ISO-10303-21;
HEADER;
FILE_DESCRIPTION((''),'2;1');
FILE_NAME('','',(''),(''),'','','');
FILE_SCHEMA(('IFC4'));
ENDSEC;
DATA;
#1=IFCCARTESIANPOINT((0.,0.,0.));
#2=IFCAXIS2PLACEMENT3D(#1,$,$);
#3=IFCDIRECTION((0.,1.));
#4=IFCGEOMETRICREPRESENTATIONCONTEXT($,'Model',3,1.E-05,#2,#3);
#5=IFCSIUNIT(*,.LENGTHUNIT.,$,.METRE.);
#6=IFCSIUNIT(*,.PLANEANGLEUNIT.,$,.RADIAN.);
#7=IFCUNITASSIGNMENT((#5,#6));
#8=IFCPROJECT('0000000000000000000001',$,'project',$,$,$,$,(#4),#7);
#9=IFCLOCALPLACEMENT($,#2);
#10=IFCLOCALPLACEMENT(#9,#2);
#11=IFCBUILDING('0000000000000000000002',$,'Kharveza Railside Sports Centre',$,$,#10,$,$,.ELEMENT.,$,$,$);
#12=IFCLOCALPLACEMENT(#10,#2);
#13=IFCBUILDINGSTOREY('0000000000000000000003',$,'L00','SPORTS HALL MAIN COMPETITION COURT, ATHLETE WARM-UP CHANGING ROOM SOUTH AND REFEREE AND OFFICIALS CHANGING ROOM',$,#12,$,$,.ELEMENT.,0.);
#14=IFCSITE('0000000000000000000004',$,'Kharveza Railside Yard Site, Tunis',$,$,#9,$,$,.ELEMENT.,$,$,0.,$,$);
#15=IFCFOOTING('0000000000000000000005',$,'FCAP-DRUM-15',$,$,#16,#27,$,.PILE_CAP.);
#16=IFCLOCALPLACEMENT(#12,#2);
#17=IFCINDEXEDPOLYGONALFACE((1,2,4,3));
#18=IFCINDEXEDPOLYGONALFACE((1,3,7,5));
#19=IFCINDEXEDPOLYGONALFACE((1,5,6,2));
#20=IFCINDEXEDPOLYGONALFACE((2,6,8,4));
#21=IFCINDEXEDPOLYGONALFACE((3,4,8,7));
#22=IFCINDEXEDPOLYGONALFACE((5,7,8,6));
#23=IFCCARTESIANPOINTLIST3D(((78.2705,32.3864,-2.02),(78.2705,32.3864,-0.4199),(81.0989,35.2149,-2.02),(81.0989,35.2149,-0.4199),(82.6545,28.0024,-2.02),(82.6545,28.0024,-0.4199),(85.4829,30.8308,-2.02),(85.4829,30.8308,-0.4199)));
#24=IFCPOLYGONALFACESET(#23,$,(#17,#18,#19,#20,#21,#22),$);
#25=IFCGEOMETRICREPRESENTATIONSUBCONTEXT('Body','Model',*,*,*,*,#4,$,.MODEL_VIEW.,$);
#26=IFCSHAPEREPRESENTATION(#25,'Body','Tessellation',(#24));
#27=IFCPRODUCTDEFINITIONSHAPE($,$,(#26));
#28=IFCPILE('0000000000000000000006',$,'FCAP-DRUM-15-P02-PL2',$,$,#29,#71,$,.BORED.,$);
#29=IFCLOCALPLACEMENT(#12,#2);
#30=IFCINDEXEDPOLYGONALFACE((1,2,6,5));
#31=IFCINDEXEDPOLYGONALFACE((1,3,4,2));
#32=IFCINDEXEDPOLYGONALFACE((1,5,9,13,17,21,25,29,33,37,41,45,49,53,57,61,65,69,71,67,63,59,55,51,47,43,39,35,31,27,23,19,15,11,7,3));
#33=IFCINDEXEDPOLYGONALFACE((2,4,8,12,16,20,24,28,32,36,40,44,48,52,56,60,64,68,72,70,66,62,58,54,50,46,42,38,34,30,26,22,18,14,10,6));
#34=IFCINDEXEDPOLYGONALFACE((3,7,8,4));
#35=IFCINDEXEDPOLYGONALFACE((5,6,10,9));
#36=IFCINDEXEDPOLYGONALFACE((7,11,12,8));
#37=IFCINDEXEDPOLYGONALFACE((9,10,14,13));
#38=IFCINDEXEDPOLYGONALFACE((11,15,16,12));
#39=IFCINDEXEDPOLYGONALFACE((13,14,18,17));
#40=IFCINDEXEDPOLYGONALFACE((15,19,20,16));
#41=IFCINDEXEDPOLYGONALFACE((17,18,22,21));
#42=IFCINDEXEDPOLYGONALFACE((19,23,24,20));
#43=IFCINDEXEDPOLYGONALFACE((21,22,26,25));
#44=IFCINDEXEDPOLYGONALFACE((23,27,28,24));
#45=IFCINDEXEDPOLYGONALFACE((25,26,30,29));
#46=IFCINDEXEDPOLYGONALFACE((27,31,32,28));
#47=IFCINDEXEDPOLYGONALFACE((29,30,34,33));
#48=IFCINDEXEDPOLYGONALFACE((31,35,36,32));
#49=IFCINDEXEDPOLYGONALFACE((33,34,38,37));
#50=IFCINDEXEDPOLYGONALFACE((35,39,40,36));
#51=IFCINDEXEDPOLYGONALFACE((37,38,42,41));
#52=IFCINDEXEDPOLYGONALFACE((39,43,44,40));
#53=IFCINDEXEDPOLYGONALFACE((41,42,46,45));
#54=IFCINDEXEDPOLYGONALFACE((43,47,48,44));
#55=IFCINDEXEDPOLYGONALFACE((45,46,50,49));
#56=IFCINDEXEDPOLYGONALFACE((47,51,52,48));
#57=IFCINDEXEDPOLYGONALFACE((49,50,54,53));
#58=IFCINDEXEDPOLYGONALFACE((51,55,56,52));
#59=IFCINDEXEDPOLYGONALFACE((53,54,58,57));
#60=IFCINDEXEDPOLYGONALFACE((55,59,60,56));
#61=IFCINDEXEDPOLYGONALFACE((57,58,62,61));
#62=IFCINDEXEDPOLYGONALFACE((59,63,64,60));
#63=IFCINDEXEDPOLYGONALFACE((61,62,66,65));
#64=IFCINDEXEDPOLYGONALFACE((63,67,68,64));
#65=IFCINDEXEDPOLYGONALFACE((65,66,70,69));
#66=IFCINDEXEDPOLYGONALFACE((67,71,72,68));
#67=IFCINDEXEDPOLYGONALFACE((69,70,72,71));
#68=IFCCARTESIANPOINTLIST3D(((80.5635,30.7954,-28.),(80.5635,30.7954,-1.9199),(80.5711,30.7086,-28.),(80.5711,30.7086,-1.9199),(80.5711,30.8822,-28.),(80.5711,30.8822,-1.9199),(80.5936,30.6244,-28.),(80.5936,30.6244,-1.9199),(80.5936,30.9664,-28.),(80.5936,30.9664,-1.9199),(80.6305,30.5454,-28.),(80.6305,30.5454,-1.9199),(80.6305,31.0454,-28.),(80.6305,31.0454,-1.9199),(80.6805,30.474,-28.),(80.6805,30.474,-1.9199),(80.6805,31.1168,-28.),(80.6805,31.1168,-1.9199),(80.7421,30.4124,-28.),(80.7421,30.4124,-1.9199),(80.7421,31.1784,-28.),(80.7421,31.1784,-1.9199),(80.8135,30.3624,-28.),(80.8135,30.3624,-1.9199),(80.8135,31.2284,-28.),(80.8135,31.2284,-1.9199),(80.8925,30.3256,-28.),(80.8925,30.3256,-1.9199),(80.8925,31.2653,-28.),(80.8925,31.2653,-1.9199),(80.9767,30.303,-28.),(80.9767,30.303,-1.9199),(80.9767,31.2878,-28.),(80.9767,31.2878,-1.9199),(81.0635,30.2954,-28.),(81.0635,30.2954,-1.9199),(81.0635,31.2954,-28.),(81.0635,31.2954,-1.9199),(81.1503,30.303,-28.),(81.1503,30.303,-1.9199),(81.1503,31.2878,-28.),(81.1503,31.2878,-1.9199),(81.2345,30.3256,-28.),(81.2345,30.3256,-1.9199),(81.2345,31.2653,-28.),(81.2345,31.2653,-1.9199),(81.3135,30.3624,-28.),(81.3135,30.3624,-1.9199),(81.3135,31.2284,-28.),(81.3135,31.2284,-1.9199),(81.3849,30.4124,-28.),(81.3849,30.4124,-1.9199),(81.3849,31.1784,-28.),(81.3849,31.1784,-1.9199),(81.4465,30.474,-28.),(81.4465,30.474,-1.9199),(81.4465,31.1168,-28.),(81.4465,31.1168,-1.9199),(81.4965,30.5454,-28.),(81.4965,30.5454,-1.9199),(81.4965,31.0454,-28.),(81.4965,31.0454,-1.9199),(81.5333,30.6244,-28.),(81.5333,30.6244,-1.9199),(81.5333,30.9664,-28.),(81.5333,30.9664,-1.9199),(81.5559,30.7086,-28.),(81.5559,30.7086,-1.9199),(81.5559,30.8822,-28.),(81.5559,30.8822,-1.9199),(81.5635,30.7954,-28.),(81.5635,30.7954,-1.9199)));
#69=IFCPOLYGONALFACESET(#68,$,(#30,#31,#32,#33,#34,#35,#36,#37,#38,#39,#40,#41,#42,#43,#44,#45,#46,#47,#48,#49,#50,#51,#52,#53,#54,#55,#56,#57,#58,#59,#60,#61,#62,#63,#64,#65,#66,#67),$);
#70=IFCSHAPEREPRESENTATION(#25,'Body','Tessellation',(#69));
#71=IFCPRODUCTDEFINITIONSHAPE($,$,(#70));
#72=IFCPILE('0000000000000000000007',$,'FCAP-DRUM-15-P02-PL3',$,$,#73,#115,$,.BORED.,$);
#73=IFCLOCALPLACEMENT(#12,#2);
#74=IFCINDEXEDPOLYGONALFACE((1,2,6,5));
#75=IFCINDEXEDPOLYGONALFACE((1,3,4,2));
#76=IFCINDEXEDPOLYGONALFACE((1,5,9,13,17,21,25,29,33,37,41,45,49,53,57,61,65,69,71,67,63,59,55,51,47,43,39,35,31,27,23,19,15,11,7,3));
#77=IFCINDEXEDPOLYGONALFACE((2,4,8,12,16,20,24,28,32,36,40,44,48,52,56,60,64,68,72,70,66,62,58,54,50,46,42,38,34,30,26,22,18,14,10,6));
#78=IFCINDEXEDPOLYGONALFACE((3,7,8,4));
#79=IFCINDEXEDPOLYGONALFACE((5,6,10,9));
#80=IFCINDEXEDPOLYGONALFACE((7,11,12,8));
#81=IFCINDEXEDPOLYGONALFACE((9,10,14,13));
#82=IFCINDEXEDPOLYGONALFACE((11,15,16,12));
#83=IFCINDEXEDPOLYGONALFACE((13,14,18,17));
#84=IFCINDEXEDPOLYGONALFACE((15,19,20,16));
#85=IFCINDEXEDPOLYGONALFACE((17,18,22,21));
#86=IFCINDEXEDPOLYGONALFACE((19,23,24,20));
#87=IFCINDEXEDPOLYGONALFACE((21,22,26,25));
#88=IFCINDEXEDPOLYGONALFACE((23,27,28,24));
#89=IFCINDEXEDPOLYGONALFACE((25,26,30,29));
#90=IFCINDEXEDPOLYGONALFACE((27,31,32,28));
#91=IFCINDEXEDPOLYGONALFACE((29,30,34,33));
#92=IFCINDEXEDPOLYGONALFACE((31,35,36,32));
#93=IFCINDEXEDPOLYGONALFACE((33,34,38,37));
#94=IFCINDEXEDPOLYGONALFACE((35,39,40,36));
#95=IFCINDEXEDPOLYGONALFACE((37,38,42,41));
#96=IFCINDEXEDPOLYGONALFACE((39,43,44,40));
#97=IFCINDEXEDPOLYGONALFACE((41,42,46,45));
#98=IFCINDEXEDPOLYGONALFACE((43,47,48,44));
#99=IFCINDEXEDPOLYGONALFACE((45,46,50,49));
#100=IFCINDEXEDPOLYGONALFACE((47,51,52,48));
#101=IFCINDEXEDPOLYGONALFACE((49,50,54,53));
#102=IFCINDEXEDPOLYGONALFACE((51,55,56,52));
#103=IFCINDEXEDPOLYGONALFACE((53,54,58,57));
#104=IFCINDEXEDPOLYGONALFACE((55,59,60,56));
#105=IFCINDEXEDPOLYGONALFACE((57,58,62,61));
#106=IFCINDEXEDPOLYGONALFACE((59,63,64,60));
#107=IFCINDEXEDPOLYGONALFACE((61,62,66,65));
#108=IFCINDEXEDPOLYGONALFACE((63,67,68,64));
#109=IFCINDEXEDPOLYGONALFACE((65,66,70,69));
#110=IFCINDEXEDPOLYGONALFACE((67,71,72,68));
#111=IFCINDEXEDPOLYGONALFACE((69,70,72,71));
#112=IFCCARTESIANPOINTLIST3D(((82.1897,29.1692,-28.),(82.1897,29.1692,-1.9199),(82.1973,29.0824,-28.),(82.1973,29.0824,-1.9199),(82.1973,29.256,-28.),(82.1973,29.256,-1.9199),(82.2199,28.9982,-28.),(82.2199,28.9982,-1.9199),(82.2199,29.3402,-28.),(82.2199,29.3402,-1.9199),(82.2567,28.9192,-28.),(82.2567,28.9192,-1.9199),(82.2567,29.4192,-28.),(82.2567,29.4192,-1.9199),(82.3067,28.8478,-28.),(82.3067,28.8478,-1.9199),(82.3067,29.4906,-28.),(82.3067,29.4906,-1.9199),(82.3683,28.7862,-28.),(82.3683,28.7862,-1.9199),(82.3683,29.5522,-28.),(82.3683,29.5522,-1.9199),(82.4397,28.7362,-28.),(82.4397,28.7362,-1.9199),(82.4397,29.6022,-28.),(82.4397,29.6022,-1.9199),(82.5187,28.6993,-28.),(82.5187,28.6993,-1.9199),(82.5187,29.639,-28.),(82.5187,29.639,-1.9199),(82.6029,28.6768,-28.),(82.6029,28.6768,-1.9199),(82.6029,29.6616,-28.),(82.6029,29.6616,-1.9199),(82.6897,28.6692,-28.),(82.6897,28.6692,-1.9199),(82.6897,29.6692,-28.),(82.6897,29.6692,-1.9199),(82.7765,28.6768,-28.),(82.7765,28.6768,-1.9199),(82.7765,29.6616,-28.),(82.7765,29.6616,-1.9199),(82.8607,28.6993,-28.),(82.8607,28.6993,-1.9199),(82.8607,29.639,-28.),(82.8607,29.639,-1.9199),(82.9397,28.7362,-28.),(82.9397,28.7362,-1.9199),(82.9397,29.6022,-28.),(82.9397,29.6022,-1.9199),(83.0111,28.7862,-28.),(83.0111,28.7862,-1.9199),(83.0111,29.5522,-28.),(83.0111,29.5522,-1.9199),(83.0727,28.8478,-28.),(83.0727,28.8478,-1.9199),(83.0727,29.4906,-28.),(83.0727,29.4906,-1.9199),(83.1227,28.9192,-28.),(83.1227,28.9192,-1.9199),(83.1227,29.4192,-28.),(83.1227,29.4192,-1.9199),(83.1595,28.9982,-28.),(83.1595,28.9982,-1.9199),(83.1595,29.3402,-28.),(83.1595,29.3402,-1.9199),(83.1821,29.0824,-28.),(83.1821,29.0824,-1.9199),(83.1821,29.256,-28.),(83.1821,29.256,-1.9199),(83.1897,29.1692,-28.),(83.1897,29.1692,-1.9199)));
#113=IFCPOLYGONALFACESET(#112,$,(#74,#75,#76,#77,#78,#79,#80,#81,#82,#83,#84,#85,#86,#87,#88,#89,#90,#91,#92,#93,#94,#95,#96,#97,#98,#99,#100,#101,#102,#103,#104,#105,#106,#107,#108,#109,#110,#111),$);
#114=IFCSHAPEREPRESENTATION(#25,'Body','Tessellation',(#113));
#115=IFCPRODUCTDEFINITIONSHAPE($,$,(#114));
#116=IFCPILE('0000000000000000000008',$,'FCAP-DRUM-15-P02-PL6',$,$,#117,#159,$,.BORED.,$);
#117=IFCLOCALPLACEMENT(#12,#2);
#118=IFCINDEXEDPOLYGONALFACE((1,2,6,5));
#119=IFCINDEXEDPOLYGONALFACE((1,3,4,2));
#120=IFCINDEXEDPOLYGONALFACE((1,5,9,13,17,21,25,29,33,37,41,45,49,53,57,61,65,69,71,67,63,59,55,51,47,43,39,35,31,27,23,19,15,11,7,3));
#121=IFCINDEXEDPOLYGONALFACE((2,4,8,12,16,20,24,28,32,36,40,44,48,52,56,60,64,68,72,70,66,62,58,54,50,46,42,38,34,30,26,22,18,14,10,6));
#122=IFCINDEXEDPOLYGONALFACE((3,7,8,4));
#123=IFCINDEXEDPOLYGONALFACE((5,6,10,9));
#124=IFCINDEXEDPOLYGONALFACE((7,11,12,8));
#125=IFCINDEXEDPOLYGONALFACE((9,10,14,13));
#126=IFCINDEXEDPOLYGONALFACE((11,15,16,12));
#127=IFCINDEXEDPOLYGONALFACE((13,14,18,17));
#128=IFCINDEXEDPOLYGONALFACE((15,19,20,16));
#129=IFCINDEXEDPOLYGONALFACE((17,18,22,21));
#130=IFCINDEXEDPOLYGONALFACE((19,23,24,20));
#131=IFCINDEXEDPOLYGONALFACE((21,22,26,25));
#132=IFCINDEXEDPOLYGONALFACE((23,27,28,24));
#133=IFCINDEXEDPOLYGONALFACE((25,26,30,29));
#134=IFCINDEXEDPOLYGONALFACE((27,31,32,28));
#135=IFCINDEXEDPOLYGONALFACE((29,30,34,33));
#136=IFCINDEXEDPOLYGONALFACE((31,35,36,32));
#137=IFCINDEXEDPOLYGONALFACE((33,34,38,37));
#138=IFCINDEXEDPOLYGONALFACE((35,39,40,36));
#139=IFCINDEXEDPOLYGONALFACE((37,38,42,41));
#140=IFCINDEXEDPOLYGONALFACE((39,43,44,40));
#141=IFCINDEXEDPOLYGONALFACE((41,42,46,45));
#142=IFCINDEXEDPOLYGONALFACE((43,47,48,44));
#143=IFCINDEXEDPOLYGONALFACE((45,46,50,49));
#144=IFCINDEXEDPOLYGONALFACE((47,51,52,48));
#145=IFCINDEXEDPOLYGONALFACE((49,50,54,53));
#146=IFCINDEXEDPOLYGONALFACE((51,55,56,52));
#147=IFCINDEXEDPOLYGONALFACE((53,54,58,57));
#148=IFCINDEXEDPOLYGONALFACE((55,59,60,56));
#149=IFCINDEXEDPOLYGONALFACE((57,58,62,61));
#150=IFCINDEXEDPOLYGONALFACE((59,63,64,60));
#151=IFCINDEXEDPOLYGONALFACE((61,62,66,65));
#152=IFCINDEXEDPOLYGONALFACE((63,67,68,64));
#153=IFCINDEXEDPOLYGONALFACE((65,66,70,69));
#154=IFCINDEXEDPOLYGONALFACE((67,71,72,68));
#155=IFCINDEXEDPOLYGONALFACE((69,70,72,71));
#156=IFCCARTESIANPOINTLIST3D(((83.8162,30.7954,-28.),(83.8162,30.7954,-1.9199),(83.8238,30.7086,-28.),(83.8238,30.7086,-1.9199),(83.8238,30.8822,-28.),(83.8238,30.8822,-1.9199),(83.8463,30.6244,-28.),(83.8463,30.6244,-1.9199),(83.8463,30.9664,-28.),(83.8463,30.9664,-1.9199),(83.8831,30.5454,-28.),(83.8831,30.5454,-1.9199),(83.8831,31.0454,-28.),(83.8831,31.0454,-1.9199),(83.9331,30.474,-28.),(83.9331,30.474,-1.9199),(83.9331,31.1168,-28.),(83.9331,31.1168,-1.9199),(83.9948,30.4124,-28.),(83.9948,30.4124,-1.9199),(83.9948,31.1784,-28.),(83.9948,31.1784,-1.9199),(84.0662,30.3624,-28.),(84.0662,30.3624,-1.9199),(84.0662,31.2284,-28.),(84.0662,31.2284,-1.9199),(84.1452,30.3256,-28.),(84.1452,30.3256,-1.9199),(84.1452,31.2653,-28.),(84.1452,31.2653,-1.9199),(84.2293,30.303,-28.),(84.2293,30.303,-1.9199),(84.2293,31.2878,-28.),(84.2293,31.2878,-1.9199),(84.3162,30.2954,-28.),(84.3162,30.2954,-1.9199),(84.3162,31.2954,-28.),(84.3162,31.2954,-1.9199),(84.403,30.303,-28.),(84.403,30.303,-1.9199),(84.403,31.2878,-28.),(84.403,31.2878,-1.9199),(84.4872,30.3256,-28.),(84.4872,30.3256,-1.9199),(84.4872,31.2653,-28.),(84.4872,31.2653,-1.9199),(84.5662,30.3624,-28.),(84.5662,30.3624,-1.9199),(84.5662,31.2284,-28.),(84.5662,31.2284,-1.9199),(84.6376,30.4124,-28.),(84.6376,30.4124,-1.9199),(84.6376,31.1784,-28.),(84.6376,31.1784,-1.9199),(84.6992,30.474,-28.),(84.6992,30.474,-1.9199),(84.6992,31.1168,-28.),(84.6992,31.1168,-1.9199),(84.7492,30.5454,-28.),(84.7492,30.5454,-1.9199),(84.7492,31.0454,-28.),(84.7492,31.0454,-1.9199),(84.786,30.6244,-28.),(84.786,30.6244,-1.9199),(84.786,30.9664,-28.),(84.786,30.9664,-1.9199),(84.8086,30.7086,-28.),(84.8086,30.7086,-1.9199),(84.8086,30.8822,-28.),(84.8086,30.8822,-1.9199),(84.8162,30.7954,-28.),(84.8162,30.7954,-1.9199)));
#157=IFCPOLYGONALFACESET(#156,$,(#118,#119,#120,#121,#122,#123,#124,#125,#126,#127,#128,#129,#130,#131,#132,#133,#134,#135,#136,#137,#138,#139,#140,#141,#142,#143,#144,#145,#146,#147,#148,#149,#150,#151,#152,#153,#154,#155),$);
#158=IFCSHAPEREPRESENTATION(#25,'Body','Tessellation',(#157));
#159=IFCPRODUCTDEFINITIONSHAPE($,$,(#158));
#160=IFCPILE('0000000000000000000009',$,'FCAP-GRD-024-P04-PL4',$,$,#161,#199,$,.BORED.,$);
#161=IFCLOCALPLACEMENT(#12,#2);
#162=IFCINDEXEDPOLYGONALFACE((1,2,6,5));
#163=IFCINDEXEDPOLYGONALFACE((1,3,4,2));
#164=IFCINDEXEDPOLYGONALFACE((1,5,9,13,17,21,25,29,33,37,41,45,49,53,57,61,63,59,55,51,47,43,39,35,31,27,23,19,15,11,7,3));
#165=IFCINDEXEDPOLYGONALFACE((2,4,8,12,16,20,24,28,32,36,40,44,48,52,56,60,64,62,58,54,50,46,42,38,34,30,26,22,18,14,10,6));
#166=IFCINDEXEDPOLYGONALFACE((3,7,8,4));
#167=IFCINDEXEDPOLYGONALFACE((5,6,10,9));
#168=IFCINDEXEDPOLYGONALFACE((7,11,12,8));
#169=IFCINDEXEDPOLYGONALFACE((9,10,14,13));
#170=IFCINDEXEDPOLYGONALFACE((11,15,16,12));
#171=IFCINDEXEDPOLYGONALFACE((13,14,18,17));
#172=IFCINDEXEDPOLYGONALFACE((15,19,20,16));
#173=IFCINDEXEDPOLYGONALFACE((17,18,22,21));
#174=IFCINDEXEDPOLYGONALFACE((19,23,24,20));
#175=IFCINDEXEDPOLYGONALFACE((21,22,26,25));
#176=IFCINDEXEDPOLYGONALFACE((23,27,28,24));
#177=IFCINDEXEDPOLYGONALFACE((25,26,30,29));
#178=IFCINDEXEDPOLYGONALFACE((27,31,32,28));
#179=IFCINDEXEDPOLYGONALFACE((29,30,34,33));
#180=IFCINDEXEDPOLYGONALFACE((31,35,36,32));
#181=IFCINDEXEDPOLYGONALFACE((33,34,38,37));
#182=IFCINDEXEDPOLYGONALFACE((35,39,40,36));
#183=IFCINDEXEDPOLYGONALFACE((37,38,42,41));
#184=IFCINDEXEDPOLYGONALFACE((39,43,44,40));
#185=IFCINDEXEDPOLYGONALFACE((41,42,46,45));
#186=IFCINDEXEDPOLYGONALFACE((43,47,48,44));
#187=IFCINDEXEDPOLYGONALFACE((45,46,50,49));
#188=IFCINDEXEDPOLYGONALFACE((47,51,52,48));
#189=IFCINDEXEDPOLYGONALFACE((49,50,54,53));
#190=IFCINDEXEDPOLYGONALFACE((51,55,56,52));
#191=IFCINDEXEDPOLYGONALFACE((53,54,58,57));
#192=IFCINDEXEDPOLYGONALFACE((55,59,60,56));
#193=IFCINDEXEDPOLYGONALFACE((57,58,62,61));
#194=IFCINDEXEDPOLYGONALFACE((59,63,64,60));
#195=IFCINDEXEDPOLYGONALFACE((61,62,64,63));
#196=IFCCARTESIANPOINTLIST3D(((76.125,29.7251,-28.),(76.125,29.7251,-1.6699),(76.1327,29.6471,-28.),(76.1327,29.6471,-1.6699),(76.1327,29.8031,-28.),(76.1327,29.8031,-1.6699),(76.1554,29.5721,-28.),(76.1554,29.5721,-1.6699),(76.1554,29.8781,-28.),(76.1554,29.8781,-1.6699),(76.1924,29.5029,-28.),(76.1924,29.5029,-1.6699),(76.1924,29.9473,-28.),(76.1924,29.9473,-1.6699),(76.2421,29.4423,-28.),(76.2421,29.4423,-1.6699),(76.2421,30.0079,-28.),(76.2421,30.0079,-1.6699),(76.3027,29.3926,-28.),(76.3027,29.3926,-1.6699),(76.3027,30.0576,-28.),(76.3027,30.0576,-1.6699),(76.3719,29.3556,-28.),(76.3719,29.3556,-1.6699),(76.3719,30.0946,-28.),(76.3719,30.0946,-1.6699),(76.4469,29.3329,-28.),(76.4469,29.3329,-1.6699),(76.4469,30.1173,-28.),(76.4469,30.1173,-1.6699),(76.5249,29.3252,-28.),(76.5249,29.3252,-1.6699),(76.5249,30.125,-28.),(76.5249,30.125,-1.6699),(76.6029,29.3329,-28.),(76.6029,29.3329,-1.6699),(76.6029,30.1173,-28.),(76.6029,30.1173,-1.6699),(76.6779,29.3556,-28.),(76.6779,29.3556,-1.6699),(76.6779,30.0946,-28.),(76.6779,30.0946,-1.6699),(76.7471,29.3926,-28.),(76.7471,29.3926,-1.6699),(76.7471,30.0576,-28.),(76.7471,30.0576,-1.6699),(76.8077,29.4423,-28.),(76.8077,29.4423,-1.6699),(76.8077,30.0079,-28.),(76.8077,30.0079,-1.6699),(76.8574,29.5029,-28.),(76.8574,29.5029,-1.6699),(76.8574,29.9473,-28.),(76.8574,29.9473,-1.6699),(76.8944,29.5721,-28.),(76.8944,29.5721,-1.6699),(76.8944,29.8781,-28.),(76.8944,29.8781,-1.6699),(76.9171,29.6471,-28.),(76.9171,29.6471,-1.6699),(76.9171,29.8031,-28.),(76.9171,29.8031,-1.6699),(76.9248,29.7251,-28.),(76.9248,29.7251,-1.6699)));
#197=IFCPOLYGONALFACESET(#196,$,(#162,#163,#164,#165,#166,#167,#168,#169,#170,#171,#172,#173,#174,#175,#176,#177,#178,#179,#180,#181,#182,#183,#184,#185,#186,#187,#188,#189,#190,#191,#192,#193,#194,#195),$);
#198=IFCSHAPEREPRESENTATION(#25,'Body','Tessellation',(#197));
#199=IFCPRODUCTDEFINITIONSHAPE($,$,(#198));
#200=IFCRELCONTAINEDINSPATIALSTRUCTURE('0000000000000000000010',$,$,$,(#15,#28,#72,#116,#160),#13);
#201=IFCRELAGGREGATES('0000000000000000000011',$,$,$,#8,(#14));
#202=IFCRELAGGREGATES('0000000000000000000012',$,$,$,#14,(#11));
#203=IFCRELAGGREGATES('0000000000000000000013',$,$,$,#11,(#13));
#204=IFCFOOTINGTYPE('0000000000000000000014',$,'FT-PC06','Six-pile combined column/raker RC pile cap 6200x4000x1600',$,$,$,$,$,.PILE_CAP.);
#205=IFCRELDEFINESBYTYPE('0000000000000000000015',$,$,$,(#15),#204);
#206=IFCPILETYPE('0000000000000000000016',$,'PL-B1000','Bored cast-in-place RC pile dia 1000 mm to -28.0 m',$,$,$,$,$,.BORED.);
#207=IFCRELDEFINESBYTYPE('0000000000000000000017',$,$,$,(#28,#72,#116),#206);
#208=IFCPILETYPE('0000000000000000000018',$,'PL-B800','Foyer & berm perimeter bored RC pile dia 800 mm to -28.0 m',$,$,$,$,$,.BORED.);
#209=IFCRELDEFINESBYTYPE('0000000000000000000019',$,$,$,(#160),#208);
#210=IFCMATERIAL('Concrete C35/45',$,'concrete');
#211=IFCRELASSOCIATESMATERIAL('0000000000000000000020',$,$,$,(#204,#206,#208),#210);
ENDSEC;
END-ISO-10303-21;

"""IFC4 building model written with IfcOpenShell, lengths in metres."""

from ifc_helpers import new_model, si_unit, direction, frame, origin, origin_2d, place, context, subcontext, project, spatial, rectangle, circle, extrude, material, material_profile, profile_set, type_object, element, save


model = new_model("IFC4")

# Units and contexts
model_context = context("Model", 3, precision=1e-05, world=origin(), true_north=direction((0.0, 1.0)))
body_context = subcontext(model_context, "Body", "Model", "MODEL_VIEW")
ifc_project = project(units=[si_unit("LENGTHUNIT", "METRE"), si_unit("PLANEANGLEUNIT", "RADIAN")], contexts=[model_context])

# Site, building, storey
site_placement = place(None, origin())
site = spatial("IfcSite", under=ifc_project, at=site_placement, Name="Kharveza Railside Yard Site, Tunis", CompositionType="ELEMENT", RefElevation=0.0)
building_placement = place(site_placement, origin())
building = spatial("IfcBuilding", under=site, at=building_placement, Name="Kharveza Railside Sports Centre", CompositionType="ELEMENT")
storey_placement = place(building_placement, origin())
storey = spatial("IfcBuildingStorey", under=building, at=storey_placement, Name="L00", Description="SPORTS HALL MAIN COMPETITION COURT, ATHLETE WARM-UP CHANGING ROOM SOUTH AND REFEREE AND OFFICIALS CHANGING ROOM", CompositionType="ELEMENT", Elevation=0.0)

# Footing
ifc_material_1 = material(Name="Concrete C35/45", Category="concrete")
footing_type = type_object("IfcFootingType", Name="FT-PC06", Description="Six-pile combined column/raker RC pile cap 6200x4000x1600", PredefinedType="PILE_CAP", material=ifc_material_1)
footing_placement = place(storey_placement, frame((81.8767, 31.6086, -2.02), z_axis=(0.0, 0.0, 1.0), x_axis=(0.707107, -0.707107, 0.0)))
element("IfcFooting", 1, at=footing_placement, inside=storey, type_object=footing_type, Name="FCAP-DRUM-15", PredefinedType="PILE_CAP", context=body_context, shape_type="SweptSolid", body=[
    extrude(rectangle(XDim=6.2, YDim=4.0, at=origin_2d()), origin(), (0.0, 0.0, 1.0), 1.6001),
])

# Piles
ifc_material_profile_1 = material_profile(ifc_material_1, circle(Radius=0.5, at=origin_2d()), Name="PILE D1000")
ifc_profile_set_1 = profile_set([ifc_material_profile_1], Name="Concrete C35/45")
pile_type_1 = type_object("IfcPileType", Name="PL-B1000", Description="Bored cast-in-place RC pile dia 1000 mm to -28.0 m", PredefinedType="BORED", material=ifc_profile_set_1)
for number, where, z_axis, x_axis, name in (
    (2, (81.0635, 30.7954, -1.9199), (0.0, 0.0, -1.0), (1.0, 0.0, 0.0), "FCAP-DRUM-15-P02-PL2"),
    (3, (82.6897, 29.1692, -1.9199), (0.0, 0.0, -1.0), (1.0, 0.0, 0.0), "FCAP-DRUM-15-P02-PL3"),
    (4, (84.3162, 30.7954, -1.9199), (0.0, 0.0, -1.0), (1.0, 0.0, 0.0), "FCAP-DRUM-15-P02-PL6"),
):
    element("IfcPile", number, at=place(storey_placement, frame(where, z_axis=z_axis, x_axis=x_axis)), inside=storey, type_object=pile_type_1, Name=name, PredefinedType="BORED", context=body_context, shape_type="SweptSolid", body=[
        extrude(circle(Radius=0.5, at=origin_2d()), origin(), (0.0, 0.0, 1.0), 26.0801),
    ])
ifc_material_profile_2 = material_profile(ifc_material_1, circle(Radius=0.3999, at=origin_2d()), Name="PILE D800")
ifc_profile_set_2 = profile_set([ifc_material_profile_2], Name="Concrete C35/45")
pile_type_2 = type_object("IfcPileType", Name="PL-B800", Description="Foyer & berm perimeter bored RC pile dia 800 mm to -28.0 m", PredefinedType="BORED", material=ifc_profile_set_2)
pile_placement = place(storey_placement, frame((76.5249, 29.7251, -1.6699), z_axis=(0.0, 0.0, -1.0), x_axis=(1.0, 0.0, 0.0)))
element("IfcPile", 5, at=pile_placement, inside=storey, type_object=pile_type_2, Name="FCAP-GRD-024-P04-PL4", PredefinedType="BORED", context=body_context, shape_type="SweptSolid", body=[
    extrude(circle(Radius=0.3999, at=origin_2d()), origin(), (0.0, 0.0, 1.0), 26.3301),
])

save(model, "model.ifc")
